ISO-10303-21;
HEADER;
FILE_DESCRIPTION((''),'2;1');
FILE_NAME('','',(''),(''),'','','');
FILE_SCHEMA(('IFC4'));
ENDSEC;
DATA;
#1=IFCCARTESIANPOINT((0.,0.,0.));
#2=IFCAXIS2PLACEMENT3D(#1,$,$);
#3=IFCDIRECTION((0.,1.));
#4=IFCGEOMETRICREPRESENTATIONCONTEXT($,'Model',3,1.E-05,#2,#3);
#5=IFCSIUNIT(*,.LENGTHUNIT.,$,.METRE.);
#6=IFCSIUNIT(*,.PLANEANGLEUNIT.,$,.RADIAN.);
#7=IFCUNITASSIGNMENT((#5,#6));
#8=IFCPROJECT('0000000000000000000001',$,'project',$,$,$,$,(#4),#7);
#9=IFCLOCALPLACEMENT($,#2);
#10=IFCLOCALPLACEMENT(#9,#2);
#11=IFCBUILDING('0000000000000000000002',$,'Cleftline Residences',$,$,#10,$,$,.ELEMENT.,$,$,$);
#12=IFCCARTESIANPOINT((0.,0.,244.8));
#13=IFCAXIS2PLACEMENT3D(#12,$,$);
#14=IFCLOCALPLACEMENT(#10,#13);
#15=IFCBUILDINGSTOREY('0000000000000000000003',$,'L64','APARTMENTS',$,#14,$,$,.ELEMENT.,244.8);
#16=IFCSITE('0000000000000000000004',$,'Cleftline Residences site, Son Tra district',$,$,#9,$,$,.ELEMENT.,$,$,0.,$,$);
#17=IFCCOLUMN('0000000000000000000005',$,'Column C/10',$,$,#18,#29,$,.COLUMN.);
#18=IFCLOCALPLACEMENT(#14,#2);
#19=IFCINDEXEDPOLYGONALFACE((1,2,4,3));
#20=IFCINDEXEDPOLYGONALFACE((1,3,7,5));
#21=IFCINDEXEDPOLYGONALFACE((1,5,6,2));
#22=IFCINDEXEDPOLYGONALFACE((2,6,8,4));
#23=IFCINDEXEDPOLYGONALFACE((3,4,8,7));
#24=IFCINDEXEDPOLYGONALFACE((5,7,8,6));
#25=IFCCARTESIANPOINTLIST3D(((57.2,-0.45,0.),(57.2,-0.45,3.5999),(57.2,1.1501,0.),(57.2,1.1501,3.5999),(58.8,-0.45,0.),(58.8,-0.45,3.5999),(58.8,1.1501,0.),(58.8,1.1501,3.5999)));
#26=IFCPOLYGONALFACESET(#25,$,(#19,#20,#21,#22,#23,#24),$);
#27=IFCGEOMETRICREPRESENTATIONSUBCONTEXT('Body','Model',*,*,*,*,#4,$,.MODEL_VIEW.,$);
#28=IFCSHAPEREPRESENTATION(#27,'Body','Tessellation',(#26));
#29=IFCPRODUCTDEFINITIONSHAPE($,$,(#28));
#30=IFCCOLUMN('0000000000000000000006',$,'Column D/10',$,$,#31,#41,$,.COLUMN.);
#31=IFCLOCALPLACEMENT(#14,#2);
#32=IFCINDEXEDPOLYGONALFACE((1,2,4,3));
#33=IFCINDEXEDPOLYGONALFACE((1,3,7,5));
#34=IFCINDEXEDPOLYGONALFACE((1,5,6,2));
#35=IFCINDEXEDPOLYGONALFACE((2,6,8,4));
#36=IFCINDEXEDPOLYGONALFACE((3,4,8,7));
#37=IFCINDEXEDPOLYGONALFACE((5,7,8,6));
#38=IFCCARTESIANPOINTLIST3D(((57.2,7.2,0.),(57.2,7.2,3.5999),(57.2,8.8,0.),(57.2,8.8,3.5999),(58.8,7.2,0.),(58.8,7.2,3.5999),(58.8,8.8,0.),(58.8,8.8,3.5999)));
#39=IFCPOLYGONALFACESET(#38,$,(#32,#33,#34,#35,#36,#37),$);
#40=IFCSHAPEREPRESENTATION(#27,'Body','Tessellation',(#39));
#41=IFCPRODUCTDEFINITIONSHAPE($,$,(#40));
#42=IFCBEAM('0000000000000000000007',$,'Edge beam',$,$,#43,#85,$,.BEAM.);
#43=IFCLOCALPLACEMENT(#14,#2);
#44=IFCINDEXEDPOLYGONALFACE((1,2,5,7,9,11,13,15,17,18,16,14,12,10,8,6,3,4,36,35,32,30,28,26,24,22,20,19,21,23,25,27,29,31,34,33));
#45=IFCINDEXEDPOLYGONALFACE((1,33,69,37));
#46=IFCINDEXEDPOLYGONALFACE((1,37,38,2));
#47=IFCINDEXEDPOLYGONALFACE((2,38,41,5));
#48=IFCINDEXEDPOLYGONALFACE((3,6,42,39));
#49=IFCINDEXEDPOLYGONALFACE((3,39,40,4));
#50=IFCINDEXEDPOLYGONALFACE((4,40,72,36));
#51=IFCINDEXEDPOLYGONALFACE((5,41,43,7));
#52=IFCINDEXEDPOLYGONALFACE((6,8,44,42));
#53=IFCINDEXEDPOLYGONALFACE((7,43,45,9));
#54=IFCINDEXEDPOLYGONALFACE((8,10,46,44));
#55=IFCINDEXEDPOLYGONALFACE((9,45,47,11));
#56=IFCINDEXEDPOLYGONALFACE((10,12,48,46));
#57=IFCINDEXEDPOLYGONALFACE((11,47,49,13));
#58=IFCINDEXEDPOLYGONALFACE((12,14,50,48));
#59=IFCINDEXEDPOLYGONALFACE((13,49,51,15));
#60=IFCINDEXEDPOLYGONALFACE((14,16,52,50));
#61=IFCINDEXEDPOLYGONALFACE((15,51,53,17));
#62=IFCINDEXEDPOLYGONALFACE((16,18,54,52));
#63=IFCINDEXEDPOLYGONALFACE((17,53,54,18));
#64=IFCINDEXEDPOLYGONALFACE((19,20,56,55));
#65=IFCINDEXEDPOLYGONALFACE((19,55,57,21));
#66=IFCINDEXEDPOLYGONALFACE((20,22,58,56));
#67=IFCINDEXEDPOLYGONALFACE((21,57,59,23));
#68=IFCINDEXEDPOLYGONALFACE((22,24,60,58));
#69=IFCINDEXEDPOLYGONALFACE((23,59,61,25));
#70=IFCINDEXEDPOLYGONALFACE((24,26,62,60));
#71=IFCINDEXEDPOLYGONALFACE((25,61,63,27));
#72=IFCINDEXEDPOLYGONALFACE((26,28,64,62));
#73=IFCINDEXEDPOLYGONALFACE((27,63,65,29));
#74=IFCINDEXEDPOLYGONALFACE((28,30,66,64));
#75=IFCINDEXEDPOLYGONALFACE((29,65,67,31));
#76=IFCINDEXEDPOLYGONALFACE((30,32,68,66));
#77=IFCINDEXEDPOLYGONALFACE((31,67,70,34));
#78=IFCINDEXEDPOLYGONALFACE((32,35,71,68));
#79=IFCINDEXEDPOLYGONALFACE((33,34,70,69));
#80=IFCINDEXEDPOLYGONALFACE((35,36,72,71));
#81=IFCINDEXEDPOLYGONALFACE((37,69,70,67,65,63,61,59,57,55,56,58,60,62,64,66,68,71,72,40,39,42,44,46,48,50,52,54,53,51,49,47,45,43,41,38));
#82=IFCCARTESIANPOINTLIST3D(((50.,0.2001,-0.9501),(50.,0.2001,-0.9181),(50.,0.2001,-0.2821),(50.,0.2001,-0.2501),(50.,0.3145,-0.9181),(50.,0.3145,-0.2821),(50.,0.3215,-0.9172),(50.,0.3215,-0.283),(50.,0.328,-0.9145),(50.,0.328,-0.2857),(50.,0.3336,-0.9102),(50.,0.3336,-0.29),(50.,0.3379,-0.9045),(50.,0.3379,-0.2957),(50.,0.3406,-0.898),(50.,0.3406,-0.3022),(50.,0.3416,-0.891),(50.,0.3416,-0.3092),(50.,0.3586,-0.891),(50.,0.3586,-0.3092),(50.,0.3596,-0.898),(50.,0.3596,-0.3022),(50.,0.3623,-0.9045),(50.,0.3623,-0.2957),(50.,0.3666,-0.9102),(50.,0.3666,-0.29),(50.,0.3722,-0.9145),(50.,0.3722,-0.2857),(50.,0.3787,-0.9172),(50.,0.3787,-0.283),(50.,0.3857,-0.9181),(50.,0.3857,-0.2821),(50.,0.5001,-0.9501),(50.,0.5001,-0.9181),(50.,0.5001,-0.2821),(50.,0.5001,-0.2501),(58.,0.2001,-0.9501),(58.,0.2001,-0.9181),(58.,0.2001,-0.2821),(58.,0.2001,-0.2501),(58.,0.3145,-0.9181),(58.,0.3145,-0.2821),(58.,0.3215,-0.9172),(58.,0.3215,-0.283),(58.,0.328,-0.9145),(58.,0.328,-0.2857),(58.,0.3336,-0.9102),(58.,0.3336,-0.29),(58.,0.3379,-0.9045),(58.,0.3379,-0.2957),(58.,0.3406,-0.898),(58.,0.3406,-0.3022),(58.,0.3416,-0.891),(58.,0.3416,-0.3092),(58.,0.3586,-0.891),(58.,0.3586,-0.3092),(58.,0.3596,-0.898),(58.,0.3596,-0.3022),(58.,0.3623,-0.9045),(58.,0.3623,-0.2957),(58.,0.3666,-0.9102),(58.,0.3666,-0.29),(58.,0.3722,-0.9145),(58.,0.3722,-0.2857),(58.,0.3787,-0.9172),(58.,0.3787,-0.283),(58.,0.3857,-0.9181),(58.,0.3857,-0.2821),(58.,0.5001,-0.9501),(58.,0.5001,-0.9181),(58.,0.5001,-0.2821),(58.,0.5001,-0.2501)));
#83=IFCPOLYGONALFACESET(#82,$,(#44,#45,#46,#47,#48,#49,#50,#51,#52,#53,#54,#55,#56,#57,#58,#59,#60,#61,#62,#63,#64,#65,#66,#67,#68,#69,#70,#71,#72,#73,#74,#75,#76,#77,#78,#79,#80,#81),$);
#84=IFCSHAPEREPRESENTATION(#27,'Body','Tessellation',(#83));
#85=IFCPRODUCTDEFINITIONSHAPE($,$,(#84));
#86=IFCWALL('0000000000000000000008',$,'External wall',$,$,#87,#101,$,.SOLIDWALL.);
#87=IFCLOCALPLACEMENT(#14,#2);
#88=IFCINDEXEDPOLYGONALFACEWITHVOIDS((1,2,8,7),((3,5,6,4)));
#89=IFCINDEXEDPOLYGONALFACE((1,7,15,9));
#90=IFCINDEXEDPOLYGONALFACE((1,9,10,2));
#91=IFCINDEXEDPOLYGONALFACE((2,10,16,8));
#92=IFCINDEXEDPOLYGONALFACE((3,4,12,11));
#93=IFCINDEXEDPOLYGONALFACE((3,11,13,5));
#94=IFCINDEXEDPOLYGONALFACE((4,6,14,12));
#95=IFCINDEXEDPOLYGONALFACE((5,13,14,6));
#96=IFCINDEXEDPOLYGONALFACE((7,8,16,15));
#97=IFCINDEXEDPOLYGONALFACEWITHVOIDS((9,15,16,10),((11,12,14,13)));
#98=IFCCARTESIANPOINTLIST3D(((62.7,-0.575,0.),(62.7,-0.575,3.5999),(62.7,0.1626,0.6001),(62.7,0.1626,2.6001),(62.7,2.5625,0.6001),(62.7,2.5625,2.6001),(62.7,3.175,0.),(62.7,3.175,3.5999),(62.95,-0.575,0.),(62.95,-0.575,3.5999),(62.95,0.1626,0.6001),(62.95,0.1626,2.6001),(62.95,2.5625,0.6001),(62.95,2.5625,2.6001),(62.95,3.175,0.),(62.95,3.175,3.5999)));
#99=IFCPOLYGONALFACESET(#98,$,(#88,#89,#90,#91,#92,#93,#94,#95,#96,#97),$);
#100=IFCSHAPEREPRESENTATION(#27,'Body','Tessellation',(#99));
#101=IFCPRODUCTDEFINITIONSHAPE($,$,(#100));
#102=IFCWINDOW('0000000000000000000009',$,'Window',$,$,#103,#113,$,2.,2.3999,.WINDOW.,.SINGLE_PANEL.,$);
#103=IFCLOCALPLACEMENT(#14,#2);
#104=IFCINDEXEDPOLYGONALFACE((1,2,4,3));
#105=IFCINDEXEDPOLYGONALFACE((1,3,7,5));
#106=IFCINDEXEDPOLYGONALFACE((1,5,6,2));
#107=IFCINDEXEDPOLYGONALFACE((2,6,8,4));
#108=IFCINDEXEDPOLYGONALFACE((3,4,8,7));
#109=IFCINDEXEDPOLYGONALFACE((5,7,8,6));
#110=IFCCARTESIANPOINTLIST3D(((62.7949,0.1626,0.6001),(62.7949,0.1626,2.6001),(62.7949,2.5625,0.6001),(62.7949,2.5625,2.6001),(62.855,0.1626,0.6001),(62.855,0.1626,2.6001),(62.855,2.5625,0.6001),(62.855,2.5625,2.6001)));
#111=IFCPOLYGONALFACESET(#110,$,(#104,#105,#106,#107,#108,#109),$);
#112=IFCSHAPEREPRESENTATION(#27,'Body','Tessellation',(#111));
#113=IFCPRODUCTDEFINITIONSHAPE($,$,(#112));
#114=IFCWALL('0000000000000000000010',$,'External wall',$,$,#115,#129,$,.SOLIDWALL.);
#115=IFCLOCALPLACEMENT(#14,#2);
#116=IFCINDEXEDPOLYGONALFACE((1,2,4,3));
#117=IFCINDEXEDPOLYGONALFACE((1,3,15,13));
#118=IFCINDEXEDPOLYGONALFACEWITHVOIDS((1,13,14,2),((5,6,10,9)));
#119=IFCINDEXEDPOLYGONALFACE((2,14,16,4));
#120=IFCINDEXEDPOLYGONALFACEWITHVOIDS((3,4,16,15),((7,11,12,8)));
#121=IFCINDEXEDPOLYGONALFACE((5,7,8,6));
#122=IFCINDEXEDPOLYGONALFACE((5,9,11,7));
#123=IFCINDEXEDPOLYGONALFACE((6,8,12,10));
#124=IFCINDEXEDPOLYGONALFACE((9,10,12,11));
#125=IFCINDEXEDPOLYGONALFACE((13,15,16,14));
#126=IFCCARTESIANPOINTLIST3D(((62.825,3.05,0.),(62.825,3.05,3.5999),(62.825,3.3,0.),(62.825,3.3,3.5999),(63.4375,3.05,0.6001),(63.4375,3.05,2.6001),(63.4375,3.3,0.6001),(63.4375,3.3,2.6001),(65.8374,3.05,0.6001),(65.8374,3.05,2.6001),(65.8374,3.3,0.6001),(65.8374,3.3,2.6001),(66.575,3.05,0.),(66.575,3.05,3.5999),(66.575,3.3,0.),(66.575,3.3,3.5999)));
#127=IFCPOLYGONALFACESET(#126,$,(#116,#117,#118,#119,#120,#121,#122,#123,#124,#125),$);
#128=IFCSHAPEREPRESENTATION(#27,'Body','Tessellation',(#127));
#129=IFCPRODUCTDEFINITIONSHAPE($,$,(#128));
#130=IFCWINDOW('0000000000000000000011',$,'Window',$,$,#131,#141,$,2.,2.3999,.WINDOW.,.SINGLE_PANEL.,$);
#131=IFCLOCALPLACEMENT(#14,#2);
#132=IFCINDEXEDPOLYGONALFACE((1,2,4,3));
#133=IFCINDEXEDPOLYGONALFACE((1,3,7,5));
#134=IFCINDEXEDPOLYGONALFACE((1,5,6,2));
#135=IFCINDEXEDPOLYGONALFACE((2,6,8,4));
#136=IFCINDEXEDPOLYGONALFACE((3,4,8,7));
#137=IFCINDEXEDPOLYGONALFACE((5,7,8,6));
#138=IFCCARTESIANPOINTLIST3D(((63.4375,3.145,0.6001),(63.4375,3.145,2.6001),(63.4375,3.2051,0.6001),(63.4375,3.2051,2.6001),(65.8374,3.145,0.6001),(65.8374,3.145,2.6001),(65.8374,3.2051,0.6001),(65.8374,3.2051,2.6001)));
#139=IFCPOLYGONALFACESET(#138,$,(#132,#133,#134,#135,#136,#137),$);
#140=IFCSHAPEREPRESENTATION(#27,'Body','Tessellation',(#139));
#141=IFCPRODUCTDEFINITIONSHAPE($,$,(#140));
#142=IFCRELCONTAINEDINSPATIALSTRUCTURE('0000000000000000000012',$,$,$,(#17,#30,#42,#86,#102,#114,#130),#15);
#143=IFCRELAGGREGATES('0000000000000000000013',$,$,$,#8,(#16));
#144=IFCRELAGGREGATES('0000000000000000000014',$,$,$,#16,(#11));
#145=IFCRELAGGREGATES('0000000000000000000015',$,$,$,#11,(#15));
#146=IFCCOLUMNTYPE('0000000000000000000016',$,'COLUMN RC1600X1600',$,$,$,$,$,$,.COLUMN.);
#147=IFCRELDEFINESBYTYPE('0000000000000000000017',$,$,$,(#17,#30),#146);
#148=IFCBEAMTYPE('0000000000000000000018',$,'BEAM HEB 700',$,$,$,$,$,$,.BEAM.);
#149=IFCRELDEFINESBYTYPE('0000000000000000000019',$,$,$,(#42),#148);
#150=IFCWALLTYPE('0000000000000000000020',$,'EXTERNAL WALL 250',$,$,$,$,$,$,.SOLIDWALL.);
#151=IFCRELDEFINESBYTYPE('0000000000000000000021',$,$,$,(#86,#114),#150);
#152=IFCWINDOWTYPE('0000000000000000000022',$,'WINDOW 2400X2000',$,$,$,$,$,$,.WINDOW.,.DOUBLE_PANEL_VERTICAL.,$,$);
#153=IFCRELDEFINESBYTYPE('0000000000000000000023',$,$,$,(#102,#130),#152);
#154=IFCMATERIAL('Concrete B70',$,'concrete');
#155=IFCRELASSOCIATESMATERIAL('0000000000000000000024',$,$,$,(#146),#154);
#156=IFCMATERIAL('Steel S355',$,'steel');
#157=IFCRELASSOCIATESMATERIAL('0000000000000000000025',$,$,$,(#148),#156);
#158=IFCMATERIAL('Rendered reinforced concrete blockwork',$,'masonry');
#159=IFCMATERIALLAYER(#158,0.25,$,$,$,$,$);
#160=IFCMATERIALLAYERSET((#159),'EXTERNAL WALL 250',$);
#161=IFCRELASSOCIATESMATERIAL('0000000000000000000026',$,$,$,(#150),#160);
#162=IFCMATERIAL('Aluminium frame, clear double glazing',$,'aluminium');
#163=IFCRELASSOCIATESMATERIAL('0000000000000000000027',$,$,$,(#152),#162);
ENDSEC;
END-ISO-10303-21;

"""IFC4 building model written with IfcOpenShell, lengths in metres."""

from ifc_helpers import new_model, si_unit, direction, frame, frame_2d, origin, origin_2d, place, context, subcontext, project, spatial, rectangle, i_section, extrude, material, layer, layer_set, material_profile, profile_set, type_object, element, fill, save


model = new_model("IFC4")

# Units and contexts
model_context = context("Model", 3, precision=1e-05, world=origin(), true_north=direction((0.0, 1.0)))
body_context = subcontext(model_context, "Body", "Model", "MODEL_VIEW")
ifc_project = project(units=[si_unit("LENGTHUNIT", "METRE"), si_unit("PLANEANGLEUNIT", "RADIAN")], contexts=[model_context])

# Site, building, storey
site_placement = place(None, origin())
site = spatial("IfcSite", under=ifc_project, at=site_placement, Name="Cleftline Residences site, Son Tra district", CompositionType="ELEMENT", RefElevation=0.0)
building_placement = place(site_placement, origin())
building = spatial("IfcBuilding", under=site, at=building_placement, Name="Cleftline Residences", CompositionType="ELEMENT")
storey_placement = place(building_placement, frame((0.0, 0.0, 244.8)))
storey = spatial("IfcBuildingStorey", under=building, at=storey_placement, Name="L64", Description="APARTMENTS", CompositionType="ELEMENT", Elevation=244.8)

# Columns
ifc_material_1 = material(Name="Concrete B70", Category="concrete")
ifc_material_profile_1 = material_profile(ifc_material_1, rectangle(XDim=1.6001, YDim=1.6001, at=origin_2d()))
ifc_profile_set_1 = profile_set([ifc_material_profile_1], Name="Concrete B70")
column_type = type_object("IfcColumnType", Name="COLUMN RC1600X1600", PredefinedType="COLUMN", material=ifc_profile_set_1)
for number, where, z_axis, x_axis, name in (
    (1, (58.0, 0.3501, 0.0), (0.0, 0.0, 1.0), (1.0, 0.0, 0.0), "Column C/10"),
    (2, (58.0, 8.0, 0.0), (0.0, 0.0, 1.0), (1.0, 0.0, 0.0), "Column D/10"),
):
    element("IfcColumn", number, at=place(storey_placement, frame(where, z_axis=z_axis, x_axis=x_axis)), inside=storey, type_object=column_type, Name=name, PredefinedType="COLUMN", context=body_context, shape_type="SweptSolid", body=[
        extrude(rectangle(XDim=1.6001, YDim=1.6001, at=origin_2d()), origin(), (0.0, 0.0, 1.0), 3.5999),
    ])

# Beam
ifc_material_2 = material(Name="Steel S355", Category="steel")
ifc_material_profile_2 = material_profile(ifc_material_2, i_section(OverallWidth=0.3, OverallDepth=0.7, WebThickness=0.0171, FlangeThickness=0.032, FilletRadius=0.0271, at=origin_2d()))
ifc_profile_set_2 = profile_set([ifc_material_profile_2], Name="Steel S355")
beam_type = type_object("IfcBeamType", Name="BEAM HEB 700", PredefinedType="BEAM", material=ifc_profile_set_2)
beam_placement = place(storey_placement, frame((58.0, 0.3501, -0.6001), z_axis=(-1.0, 0.0, 0.0), x_axis=(0.0, -1.0, 0.0)))
element("IfcBeam", 3, at=beam_placement, inside=storey, type_object=beam_type, Name="Edge beam", PredefinedType="BEAM", context=body_context, shape_type="SweptSolid", body=[
    extrude(i_section(OverallWidth=0.3, OverallDepth=0.7, WebThickness=0.0171, FlangeThickness=0.032, FilletRadius=0.0271, at=origin_2d()), origin(), (0.0, 0.0, 1.0), 8.0),
])

# Walls, openings, windows
ifc_material_3 = material(Name="Rendered reinforced concrete blockwork", Category="masonry")
ifc_layer_1 = layer(ifc_material_3, 0.25)
ifc_layer_set_1 = layer_set([ifc_layer_1], Name="EXTERNAL WALL 250")
wall_type_1 = type_object("IfcWallType", Name="EXTERNAL WALL 250", PredefinedType="SOLIDWALL", material=ifc_layer_set_1)
wall_1_placement = place(storey_placement, frame((62.825, -0.575, 0.0), z_axis=(0.0, 0.0, 1.0), x_axis=(0.0, 1.0, 0.0)))
wall_1 = element("IfcWall", 4, at=wall_1_placement, inside=storey, type_object=wall_type_1, Name="External wall", PredefinedType="SOLIDWALL", context=body_context, shape_type="SweptSolid", body=[
    extrude(rectangle(XDim=3.75, YDim=0.25, at=frame_2d((1.875, 0.0))), origin(), (0.0, 0.0, 1.0), 3.5999),
])
opening_1_placement = place(wall_1_placement, frame((0.7375, 0.0, 0.6001)))
opening_1 = element("IfcOpeningElement", 5, at=opening_1_placement, cuts=wall_1, PredefinedType="OPENING", context=body_context, shape_type="SweptSolid", body=[
    extrude(rectangle(XDim=2.3999, YDim=2.0, at=frame_2d((1.2, 1.0))), frame((0.0, 0.135, 0.0), z_axis=(0.0, -1.0, 0.0), x_axis=(1.0, 0.0, 0.0)), (0.0, 0.0, 1.0), 0.27),
])
ifc_material_4 = material(Name="Aluminium frame, clear double glazing", Category="aluminium")
window_type = type_object("IfcWindowType", Name="WINDOW 2400X2000", PartitioningType="DOUBLE_PANEL_VERTICAL", PredefinedType="WINDOW", material=ifc_material_4)
window_1_placement = place(opening_1_placement, origin())
window_1 = element("IfcWindow", 6, at=window_1_placement, inside=storey, type_object=window_type, Name="Window", OverallHeight=2.0, OverallWidth=2.3999, PartitioningType="SINGLE_PANEL", PredefinedType="WINDOW", context=body_context, shape_type="SweptSolid", body=[
    extrude(rectangle(XDim=2.3999, YDim=2.0, at=frame_2d((1.2, 1.0))), frame((0.0, 0.03, 0.0), z_axis=(0.0, -1.0, 0.0), x_axis=(1.0, 0.0, 0.0)), (0.0, 0.0, 1.0), 0.0601),
])
fill(opening_1, window_1)
wall_2_placement = place(storey_placement, frame((62.825, 3.175, 0.0), z_axis=(0.0, 0.0, 1.0), x_axis=(1.0, 0.0, 0.0)))
wall_2 = element("IfcWall", 7, at=wall_2_placement, inside=storey, type_object=wall_type_1, Name="External wall", PredefinedType="SOLIDWALL", context=body_context, shape_type="SweptSolid", body=[
    extrude(rectangle(XDim=3.75, YDim=0.25, at=frame_2d((1.875, 0.0))), origin(), (0.0, 0.0, 1.0), 3.5999),
])
opening_2_placement = place(wall_2_placement, frame((0.6125, 0.0, 0.6001)))
opening_2 = element("IfcOpeningElement", 8, at=opening_2_placement, cuts=wall_2, PredefinedType="OPENING", context=body_context, shape_type="SweptSolid", body=[
    extrude(rectangle(XDim=2.3999, YDim=2.0, at=frame_2d((1.2, 1.0))), frame((0.0, 0.135, 0.0), z_axis=(0.0, -1.0, 0.0), x_axis=(1.0, 0.0, 0.0)), (0.0, 0.0, 1.0), 0.27),
])
window_2_placement = place(opening_2_placement, origin())
window_2 = element("IfcWindow", 9, at=window_2_placement, inside=storey, type_object=window_type, Name="Window", OverallHeight=2.0, OverallWidth=2.3999, PartitioningType="SINGLE_PANEL", PredefinedType="WINDOW", context=body_context, shape_type="SweptSolid", body=[
    extrude(rectangle(XDim=2.3999, YDim=2.0, at=frame_2d((1.2, 1.0))), frame((0.0, 0.03, 0.0), z_axis=(0.0, -1.0, 0.0), x_axis=(1.0, 0.0, 0.0)), (0.0, 0.0, 1.0), 0.0601),
])
fill(opening_2, window_2)

save(model, "model.ifc")
